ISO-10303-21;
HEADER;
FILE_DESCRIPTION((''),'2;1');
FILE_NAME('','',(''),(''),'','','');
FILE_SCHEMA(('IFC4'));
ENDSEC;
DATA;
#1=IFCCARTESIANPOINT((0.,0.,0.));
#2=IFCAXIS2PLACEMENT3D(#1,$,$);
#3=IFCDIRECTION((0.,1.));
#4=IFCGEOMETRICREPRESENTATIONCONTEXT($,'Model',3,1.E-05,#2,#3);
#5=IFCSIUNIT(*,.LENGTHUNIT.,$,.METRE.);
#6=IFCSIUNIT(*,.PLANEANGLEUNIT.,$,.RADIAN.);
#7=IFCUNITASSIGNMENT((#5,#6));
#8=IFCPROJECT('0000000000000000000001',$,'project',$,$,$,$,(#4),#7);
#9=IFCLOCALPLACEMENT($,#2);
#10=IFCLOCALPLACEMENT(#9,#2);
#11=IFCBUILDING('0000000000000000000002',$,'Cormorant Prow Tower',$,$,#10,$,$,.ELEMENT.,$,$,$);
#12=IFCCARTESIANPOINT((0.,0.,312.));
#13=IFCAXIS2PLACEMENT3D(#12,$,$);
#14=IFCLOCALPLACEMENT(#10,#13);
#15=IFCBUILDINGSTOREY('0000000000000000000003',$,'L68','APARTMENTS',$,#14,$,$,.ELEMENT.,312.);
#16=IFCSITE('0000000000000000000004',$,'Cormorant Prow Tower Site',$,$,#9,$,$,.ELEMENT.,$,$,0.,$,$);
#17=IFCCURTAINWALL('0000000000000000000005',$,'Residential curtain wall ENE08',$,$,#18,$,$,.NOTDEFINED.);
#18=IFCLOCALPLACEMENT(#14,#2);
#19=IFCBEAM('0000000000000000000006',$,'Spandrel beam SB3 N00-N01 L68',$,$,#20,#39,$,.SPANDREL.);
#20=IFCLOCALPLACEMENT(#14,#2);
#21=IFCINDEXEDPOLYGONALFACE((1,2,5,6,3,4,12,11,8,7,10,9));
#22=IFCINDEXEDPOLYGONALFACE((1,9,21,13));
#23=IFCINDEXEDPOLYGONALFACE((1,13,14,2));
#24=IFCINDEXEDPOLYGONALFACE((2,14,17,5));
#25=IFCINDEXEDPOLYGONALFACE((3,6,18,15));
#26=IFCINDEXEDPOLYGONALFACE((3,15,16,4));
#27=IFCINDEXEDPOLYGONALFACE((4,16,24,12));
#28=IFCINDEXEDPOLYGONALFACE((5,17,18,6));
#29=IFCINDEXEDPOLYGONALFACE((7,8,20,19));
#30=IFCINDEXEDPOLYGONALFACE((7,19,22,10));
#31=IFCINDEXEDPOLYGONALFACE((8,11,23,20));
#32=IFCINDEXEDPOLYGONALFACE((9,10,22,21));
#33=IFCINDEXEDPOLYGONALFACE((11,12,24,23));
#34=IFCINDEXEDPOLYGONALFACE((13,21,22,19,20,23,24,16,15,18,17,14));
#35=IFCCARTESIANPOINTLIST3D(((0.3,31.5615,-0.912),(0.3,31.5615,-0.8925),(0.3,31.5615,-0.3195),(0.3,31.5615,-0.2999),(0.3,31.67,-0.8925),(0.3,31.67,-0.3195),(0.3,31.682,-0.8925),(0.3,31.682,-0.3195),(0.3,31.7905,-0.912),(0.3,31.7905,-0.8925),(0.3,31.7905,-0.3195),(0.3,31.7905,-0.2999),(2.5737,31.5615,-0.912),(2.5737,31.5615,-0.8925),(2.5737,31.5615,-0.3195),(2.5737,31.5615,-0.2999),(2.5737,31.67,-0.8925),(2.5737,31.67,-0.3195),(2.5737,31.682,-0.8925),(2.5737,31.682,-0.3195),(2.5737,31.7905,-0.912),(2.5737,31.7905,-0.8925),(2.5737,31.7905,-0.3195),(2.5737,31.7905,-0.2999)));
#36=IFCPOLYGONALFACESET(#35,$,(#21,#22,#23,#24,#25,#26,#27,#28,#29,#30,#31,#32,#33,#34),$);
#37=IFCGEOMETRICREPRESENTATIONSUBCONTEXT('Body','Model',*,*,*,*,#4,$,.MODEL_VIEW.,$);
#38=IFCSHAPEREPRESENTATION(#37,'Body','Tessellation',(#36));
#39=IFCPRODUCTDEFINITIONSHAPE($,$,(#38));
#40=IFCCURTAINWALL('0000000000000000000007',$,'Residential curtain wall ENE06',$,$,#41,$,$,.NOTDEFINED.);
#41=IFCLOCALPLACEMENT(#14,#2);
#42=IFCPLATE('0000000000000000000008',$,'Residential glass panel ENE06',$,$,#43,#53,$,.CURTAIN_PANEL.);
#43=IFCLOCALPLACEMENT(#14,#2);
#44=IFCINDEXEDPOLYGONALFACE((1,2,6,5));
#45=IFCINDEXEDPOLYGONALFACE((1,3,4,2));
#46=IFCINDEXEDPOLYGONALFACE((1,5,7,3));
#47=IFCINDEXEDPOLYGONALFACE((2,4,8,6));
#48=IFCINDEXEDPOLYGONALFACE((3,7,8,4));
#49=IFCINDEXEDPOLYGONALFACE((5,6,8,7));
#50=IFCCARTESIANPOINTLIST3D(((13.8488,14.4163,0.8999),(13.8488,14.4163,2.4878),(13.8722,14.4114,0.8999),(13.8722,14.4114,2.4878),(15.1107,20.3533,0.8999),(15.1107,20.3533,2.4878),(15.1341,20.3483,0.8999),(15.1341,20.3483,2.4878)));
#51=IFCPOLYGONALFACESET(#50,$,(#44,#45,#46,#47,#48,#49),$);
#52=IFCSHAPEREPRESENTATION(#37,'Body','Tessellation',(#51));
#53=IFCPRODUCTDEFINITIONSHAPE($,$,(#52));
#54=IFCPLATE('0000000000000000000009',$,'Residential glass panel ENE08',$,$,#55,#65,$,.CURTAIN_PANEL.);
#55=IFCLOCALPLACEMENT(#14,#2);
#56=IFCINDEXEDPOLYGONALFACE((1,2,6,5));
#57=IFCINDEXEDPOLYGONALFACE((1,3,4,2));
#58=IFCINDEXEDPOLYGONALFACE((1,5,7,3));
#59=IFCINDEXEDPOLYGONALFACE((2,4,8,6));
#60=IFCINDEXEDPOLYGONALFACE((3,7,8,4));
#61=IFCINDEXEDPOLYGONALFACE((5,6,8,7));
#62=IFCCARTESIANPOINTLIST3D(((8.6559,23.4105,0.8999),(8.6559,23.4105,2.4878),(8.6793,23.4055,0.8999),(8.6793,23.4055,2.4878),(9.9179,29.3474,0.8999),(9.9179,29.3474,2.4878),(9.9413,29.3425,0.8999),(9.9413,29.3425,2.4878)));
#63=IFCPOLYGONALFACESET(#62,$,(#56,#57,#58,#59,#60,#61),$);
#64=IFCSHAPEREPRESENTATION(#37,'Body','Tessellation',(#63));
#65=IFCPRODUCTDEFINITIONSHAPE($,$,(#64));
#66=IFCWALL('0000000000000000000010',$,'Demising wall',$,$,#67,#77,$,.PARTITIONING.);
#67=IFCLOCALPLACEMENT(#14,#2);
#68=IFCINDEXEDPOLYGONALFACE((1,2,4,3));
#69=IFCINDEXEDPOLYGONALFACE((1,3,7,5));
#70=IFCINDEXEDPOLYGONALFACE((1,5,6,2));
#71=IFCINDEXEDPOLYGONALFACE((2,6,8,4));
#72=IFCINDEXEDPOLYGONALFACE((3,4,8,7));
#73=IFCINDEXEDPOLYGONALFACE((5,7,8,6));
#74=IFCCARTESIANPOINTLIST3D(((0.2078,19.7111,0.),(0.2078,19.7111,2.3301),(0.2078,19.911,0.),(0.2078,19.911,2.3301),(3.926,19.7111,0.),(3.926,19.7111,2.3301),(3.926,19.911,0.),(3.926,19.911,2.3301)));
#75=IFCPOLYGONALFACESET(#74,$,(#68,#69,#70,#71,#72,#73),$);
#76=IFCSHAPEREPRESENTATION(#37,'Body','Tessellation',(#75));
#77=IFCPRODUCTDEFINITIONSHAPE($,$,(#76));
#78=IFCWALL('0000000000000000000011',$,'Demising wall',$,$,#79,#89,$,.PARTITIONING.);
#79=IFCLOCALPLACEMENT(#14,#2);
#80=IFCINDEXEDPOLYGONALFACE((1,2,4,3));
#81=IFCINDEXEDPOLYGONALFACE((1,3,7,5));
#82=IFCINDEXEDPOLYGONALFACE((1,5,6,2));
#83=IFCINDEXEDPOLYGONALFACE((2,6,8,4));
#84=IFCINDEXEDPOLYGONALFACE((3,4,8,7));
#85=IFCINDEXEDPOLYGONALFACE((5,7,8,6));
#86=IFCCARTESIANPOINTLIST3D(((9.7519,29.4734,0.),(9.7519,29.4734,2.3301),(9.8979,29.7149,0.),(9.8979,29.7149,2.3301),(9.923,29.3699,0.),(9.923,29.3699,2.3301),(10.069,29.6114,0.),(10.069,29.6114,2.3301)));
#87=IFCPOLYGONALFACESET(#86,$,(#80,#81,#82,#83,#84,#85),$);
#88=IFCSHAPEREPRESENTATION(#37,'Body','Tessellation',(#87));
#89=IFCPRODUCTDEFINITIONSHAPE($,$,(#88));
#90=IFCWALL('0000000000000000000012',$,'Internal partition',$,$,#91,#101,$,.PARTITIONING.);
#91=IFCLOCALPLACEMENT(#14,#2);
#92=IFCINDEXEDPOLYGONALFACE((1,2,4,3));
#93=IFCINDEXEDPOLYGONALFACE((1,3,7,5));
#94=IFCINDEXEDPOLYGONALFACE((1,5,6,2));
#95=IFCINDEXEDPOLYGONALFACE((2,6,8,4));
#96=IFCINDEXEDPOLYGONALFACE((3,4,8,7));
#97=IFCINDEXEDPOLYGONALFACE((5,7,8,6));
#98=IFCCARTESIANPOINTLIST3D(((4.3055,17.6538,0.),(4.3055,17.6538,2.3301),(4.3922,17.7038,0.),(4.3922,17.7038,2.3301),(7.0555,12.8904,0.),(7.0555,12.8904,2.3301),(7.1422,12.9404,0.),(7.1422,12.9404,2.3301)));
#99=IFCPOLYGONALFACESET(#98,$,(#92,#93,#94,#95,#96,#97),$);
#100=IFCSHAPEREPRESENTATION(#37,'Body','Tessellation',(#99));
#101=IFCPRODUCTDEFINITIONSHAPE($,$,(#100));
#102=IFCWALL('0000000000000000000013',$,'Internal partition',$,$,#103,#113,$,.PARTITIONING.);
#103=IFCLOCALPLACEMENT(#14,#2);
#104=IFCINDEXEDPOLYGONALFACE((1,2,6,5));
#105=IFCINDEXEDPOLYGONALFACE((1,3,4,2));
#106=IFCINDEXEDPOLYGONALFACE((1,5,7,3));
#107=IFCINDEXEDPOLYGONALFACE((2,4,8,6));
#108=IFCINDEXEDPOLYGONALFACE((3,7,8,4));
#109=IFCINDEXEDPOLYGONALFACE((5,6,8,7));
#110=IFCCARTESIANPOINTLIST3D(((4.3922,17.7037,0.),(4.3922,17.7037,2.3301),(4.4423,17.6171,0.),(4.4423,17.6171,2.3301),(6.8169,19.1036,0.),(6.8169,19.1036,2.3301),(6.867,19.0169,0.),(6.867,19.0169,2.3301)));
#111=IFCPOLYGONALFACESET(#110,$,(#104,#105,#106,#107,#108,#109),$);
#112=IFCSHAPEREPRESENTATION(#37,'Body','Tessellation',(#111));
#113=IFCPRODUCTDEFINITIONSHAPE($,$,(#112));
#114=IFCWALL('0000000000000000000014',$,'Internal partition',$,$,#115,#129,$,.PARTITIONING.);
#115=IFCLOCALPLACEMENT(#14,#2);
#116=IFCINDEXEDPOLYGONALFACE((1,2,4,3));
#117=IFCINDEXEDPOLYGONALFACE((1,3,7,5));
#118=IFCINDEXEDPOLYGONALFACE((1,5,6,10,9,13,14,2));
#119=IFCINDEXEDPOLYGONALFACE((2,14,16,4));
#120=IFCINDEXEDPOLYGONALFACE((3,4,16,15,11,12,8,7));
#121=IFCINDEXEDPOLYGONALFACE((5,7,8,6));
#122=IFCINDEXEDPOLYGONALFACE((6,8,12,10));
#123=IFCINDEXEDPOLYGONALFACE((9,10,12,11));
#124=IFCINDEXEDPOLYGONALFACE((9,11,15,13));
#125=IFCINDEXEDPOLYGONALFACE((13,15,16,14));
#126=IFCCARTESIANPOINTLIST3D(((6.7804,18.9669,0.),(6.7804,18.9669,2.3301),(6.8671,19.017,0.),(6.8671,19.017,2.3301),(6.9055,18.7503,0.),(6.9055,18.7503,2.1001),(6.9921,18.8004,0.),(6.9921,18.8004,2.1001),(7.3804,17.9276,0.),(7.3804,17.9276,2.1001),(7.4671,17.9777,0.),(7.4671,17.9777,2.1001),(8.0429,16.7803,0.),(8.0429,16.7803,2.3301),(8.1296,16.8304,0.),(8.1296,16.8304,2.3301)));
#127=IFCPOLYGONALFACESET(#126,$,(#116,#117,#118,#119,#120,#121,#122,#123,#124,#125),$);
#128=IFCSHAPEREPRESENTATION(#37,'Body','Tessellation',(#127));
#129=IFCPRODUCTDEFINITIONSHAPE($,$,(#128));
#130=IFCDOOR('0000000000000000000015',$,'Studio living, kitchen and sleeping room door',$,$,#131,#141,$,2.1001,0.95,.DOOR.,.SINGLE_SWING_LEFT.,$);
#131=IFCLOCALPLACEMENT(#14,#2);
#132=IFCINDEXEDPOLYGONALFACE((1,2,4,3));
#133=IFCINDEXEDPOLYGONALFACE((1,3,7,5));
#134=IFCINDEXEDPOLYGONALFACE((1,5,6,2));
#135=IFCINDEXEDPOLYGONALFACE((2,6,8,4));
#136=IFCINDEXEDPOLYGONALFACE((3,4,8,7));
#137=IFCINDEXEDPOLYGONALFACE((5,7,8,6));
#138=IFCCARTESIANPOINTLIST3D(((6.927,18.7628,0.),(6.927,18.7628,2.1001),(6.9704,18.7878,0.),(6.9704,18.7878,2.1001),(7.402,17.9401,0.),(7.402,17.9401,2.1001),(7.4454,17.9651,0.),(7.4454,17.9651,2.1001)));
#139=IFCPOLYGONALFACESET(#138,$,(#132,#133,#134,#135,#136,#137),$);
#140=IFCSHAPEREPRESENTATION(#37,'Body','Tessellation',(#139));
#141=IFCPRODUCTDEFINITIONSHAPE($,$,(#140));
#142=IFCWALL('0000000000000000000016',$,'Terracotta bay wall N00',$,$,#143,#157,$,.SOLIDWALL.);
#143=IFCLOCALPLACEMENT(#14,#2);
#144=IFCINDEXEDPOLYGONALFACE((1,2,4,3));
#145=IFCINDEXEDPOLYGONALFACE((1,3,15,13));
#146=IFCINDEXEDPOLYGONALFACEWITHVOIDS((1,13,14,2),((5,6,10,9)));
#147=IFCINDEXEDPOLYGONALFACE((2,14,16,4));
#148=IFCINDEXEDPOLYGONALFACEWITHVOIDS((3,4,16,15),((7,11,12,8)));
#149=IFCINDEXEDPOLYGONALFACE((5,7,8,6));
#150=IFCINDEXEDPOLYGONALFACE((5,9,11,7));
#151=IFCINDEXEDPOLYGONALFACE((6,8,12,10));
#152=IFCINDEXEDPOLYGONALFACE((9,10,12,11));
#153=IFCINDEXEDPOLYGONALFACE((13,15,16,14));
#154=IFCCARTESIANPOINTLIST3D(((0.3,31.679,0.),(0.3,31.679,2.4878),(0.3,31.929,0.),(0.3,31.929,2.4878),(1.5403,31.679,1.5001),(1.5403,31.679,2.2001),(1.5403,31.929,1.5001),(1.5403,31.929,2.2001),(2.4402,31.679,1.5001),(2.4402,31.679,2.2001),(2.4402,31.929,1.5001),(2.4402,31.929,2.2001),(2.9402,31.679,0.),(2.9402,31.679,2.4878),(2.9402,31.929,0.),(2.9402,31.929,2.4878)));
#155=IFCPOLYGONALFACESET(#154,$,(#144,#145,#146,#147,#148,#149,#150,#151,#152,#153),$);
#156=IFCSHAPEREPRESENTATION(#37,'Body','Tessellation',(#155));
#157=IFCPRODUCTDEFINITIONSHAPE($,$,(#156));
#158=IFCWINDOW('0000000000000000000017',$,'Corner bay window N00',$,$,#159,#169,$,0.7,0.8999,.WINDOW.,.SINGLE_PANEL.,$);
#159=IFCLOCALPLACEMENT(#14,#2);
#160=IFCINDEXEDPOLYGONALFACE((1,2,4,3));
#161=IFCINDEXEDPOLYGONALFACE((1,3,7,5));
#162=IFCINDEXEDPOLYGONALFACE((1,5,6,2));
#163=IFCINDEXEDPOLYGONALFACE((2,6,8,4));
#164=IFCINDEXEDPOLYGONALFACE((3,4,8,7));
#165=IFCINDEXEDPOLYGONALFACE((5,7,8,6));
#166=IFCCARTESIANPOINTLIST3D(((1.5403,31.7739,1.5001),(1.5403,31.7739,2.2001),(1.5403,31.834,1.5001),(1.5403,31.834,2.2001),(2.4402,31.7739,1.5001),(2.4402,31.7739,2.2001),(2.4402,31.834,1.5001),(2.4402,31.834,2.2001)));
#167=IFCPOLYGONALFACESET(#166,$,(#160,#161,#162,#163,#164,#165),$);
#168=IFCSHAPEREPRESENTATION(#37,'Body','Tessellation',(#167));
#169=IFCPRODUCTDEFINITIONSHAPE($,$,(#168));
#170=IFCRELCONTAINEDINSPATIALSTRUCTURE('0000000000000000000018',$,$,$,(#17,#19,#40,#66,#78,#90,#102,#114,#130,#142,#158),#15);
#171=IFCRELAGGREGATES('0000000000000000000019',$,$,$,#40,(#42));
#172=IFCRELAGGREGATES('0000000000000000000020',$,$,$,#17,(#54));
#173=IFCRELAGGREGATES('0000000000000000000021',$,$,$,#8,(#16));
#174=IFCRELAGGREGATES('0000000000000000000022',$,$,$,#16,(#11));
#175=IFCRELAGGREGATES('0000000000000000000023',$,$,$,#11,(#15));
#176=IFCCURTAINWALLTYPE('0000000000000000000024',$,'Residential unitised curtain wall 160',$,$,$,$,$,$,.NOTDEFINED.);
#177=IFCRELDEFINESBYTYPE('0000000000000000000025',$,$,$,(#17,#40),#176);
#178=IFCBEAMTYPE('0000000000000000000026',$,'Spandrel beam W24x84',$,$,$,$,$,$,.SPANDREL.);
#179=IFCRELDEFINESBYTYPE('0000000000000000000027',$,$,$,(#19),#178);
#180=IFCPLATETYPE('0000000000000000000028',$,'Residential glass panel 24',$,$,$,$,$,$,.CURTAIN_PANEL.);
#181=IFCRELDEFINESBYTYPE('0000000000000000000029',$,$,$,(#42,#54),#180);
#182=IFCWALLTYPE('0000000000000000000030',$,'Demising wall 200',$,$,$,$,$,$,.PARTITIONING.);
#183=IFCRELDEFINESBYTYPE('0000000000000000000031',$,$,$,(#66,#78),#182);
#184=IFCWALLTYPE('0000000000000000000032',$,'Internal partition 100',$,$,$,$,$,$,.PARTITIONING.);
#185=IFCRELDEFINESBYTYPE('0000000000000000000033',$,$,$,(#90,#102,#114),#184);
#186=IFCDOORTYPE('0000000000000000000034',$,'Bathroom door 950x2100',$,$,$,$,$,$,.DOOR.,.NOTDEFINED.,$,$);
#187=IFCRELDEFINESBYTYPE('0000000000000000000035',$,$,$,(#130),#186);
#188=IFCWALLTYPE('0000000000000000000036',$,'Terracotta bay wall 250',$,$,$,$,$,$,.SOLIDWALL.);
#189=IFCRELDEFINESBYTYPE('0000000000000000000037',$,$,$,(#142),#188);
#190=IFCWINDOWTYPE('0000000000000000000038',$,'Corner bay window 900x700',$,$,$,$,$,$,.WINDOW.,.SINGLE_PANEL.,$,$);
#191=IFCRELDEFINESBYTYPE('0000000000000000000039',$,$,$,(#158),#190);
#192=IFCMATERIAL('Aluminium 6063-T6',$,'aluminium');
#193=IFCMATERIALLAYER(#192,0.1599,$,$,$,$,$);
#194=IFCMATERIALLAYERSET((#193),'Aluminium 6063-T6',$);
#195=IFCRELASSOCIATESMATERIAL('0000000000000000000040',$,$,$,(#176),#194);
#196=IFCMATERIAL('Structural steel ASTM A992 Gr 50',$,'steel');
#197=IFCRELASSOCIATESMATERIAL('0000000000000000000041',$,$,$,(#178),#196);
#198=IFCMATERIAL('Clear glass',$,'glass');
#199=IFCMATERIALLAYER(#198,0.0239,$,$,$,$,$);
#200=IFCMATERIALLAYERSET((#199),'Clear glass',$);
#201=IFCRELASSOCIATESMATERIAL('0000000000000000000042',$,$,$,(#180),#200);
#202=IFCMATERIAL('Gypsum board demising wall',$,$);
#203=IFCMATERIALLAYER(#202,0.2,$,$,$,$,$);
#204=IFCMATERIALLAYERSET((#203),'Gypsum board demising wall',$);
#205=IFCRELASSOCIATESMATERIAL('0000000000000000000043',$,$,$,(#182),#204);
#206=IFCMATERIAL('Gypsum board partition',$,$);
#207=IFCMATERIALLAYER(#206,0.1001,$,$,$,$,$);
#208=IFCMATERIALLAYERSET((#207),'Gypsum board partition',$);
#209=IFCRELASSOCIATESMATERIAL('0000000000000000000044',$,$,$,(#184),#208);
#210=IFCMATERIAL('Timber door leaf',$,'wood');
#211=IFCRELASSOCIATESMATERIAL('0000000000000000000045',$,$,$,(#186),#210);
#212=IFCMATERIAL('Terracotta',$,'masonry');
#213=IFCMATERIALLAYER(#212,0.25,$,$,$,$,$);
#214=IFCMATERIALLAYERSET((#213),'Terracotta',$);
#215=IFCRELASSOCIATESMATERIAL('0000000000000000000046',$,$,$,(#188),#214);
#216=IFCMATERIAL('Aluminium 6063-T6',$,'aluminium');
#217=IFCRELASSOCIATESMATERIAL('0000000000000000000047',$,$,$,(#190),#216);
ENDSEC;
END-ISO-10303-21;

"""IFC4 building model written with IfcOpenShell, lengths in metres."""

from ifc_helpers import new_model, si_unit, direction, frame, frame_2d, origin, origin_2d, place, context, subcontext, project, spatial, rectangle, i_section, extrude, material, layer, layer_set, material_profile, profile_set, type_object, element, fill, aggregate, save


model = new_model("IFC4")

# Units and contexts
model_context = context("Model", 3, precision=1e-05, world=origin(), true_north=direction((0.0, 1.0)))
body_context = subcontext(model_context, "Body", "Model", "MODEL_VIEW")
ifc_project = project(units=[si_unit("LENGTHUNIT", "METRE"), si_unit("PLANEANGLEUNIT", "RADIAN")], contexts=[model_context])

# Site, building, storey
site_placement = place(None, origin())
site = spatial("IfcSite", under=ifc_project, at=site_placement, Name="Cormorant Prow Tower Site", CompositionType="ELEMENT", RefElevation=0.0)
building_placement = place(site_placement, origin())
building = spatial("IfcBuilding", under=site, at=building_placement, Name="Cormorant Prow Tower", CompositionType="ELEMENT")
storey_placement = place(building_placement, frame((0.0, 0.0, 312.0)))
storey = spatial("IfcBuildingStorey", under=building, at=storey_placement, Name="L68", Description="APARTMENTS", CompositionType="ELEMENT", Elevation=312.0)

# Curtain wall
ifc_material_1 = material(Name="Aluminium 6063-T6", Category="aluminium")
ifc_layer_1 = layer(ifc_material_1, 0.1599)
ifc_layer_set_1 = layer_set([ifc_layer_1], Name="Aluminium 6063-T6")
curtain_wall_type = type_object("IfcCurtainWallType", Name="Residential unitised curtain wall 160", PredefinedType="NOTDEFINED", material=ifc_layer_set_1)
curtain_wall_1_placement = place(storey_placement, origin())
curtain_wall_1 = element("IfcCurtainWall", 1, at=curtain_wall_1_placement, inside=storey, type_object=curtain_wall_type, Name="Residential curtain wall ENE08", PredefinedType="NOTDEFINED")

# Beam
ifc_material_2 = material(Name="Structural steel ASTM A992 Gr 50", Category="steel")
ifc_material_profile_1 = material_profile(ifc_material_2, i_section(OverallWidth=0.229, OverallDepth=0.6121, WebThickness=0.012, FlangeThickness=0.0195, at=origin_2d()), Name="W24x84")
ifc_profile_set_1 = profile_set([ifc_material_profile_1], Name="Structural steel ASTM A992 Gr 50")
beam_type = type_object("IfcBeamType", Name="Spandrel beam W24x84", PredefinedType="SPANDREL", material=ifc_profile_set_1)
beam_1_placement = place(storey_placement, frame((2.5737, 31.676, -0.606), z_axis=(-1.0, 0.0, 0.0), x_axis=(0.0, -1.0, 0.0)))
element("IfcBeam", 2, at=beam_1_placement, inside=storey, type_object=beam_type, Name="Spandrel beam SB3 N00-N01 L68", PredefinedType="SPANDREL", context=body_context, shape_type="SweptSolid", body=[
    extrude(i_section(OverallWidth=0.229, OverallDepth=0.6121, WebThickness=0.012, FlangeThickness=0.0195, at=origin_2d()), origin(), (0.0, 0.0, 1.0), 2.2737),
])

# Curtain wall, plate
curtain_wall_2_placement = place(storey_placement, origin())
curtain_wall_2 = element("IfcCurtainWall", 3, at=curtain_wall_2_placement, inside=storey, type_object=curtain_wall_type, Name="Residential curtain wall ENE06", PredefinedType="NOTDEFINED")
ifc_material_3 = material(Name="Clear glass", Category="glass")
ifc_layer_2 = layer(ifc_material_3, 0.0239)
ifc_layer_set_2 = layer_set([ifc_layer_2], Name="Clear glass")
plate_type = type_object("IfcPlateType", Name="Residential glass panel 24", PredefinedType="CURTAIN_PANEL", material=ifc_layer_set_2)
plate_1_placement = place(storey_placement, frame((14.4915, 17.3823, 0.8999), z_axis=(0.0, 0.0, 1.0), x_axis=(0.207912, 0.978148, 0.0)))
plate_1 = element("IfcPlate", 4, at=plate_1_placement, type_object=plate_type, Name="Residential glass panel ENE06", PredefinedType="CURTAIN_PANEL", context=body_context, shape_type="SweptSolid", body=[
    extrude(rectangle(XDim=6.0696, YDim=0.0239, at=origin_2d()), origin(), (0.0, 0.0, 1.0), 1.5879),
])
aggregate(curtain_wall_2, [plate_1])

# Plate
plate_2_placement = place(storey_placement, frame((9.2986, 26.3765, 0.8999), z_axis=(0.0, 0.0, 1.0), x_axis=(0.207912, 0.978148, 0.0)))
plate_2 = element("IfcPlate", 5, at=plate_2_placement, type_object=plate_type, Name="Residential glass panel ENE08", PredefinedType="CURTAIN_PANEL", context=body_context, shape_type="SweptSolid", body=[
    extrude(rectangle(XDim=6.0696, YDim=0.0239, at=origin_2d()), origin(), (0.0, 0.0, 1.0), 1.5879),
])
aggregate(curtain_wall_1, [plate_2])

# Walls
ifc_material_4 = material(Name="Gypsum board demising wall")
ifc_layer_3 = layer(ifc_material_4, 0.2)
ifc_layer_set_3 = layer_set([ifc_layer_3], Name="Gypsum board demising wall")
wall_type_1 = type_object("IfcWallType", Name="Demising wall 200", PredefinedType="PARTITIONING", material=ifc_layer_set_3)
wall_1_placement = place(storey_placement, frame((0.2078, 19.811, 0.0), z_axis=(0.0, 0.0, 1.0), x_axis=(1.0, 0.0, 0.0)))
element("IfcWall", 6, at=wall_1_placement, inside=storey, type_object=wall_type_1, Name="Demising wall", PredefinedType="PARTITIONING", context=body_context, shape_type="SweptSolid", body=[
    extrude(rectangle(XDim=3.7183, YDim=0.2, at=frame_2d((1.8591, 0.0))), origin(), (0.0, 0.0, 1.0), 2.3301),
])
wall_2_placement = place(storey_placement, frame((9.8374, 29.4216, 0.0), z_axis=(0.0, 0.0, 1.0), x_axis=(0.517419, 0.855732, 0.0)))
element("IfcWall", 7, at=wall_2_placement, inside=storey, type_object=wall_type_1, Name="Demising wall", PredefinedType="PARTITIONING", context=body_context, shape_type="SweptSolid", body=[
    extrude(rectangle(XDim=0.2822, YDim=0.2, at=frame_2d((0.1411, 0.0))), origin(), (0.0, 0.0, 1.0), 2.3301),
])
ifc_material_5 = material(Name="Gypsum board partition")
ifc_layer_4 = layer(ifc_material_5, 0.1001)
ifc_layer_set_4 = layer_set([ifc_layer_4], Name="Gypsum board partition")
wall_type_2 = type_object("IfcWallType", Name="Internal partition 100", PredefinedType="PARTITIONING", material=ifc_layer_set_4)
wall_3_placement = place(storey_placement, frame((4.3489, 17.6787, 0.0), z_axis=(0.0, 0.0, 1.0), x_axis=(0.499977, -0.866038, 0.0)))
element("IfcWall", 8, at=wall_3_placement, inside=storey, type_object=wall_type_2, Name="Internal partition", PredefinedType="PARTITIONING", context=body_context, shape_type="SweptSolid", body=[
    extrude(rectangle(XDim=5.5002, YDim=0.1001, at=frame_2d((2.75, 0.0))), origin(), (0.0, 0.0, 1.0), 2.3301),
])
wall_4_placement = place(storey_placement, frame((4.4172, 17.6604, 0.0), z_axis=(0.0, 0.0, 1.0), x_axis=(0.866035, 0.499984, 0.0)))
element("IfcWall", 9, at=wall_4_placement, inside=storey, type_object=wall_type_2, Name="Internal partition", PredefinedType="PARTITIONING", context=body_context, shape_type="SweptSolid", body=[
    extrude(rectangle(XDim=2.7998, YDim=0.1001, at=frame_2d((1.3999, 0.0))), origin(), (0.0, 0.0, 1.0), 2.3301),
])

# Wall, opening, door
wall_5_placement = place(storey_placement, frame((6.8237, 18.9919, 0.0), z_axis=(0.0, 0.0, 1.0), x_axis=(0.500018, -0.866015, 0.0)))
wall_5 = element("IfcWall", 10, at=wall_5_placement, inside=storey, type_object=wall_type_2, Name="Internal partition", PredefinedType="PARTITIONING", context=body_context, shape_type="SweptSolid", body=[
    extrude(rectangle(XDim=2.5249, YDim=0.1001, at=frame_2d((1.2625, 0.0))), origin(), (0.0, 0.0, 1.0), 2.3301),
])
opening_1_placement = place(wall_5_placement, frame((0.25, 0.0, 0.0)))
opening_1 = element("IfcOpeningElement", 11, at=opening_1_placement, cuts=wall_5, PredefinedType="OPENING", context=body_context, shape_type="SweptSolid", body=[
    extrude(rectangle(XDim=0.95, YDim=2.1001, at=frame_2d((0.4751, 1.05))), frame((0.0, 0.0601, 0.0), z_axis=(0.0, -1.0, 0.0), x_axis=(1.0, 0.0, 0.0)), (0.0, 0.0, 1.0), 0.1201),
])
ifc_material_6 = material(Name="Timber door leaf", Category="wood")
door_type_1 = type_object("IfcDoorType", Name="Bathroom door 950x2100", OperationType="NOTDEFINED", PredefinedType="DOOR", material=ifc_material_6)
door_1_placement = place(opening_1_placement, origin())
door_1 = element("IfcDoor", 12, at=door_1_placement, inside=storey, type_object=door_type_1, Name="Studio living, kitchen and sleeping room door", OperationType="SINGLE_SWING_LEFT", OverallHeight=2.1001, OverallWidth=0.95, PredefinedType="DOOR", context=body_context, shape_type="SweptSolid", body=[
    extrude(rectangle(XDim=0.95, YDim=2.1001, at=frame_2d((0.4751, 1.05))), frame((0.0, 0.0249, 0.0), z_axis=(0.0, -1.0, 0.0), x_axis=(1.0, 0.0, 0.0)), (0.0, 0.0, 1.0), 0.05),
])
fill(opening_1, door_1)

# Wall, opening, window
ifc_material_7 = material(Name="Terracotta", Category="masonry")
ifc_layer_5 = layer(ifc_material_7, 0.25)
ifc_layer_set_5 = layer_set([ifc_layer_5], Name="Terracotta")
wall_type_3 = type_object("IfcWallType", Name="Terracotta bay wall 250", PredefinedType="SOLIDWALL", material=ifc_layer_set_5)
wall_6_placement = place(storey_placement, frame((2.9402, 31.804, 0.0), z_axis=(0.0, 0.0, 1.0), x_axis=(-1.0, 0.0, 0.0)))
wall_6 = element("IfcWall", 13, at=wall_6_placement, inside=storey, type_object=wall_type_3, Name="Terracotta bay wall N00", PredefinedType="SOLIDWALL", context=body_context, shape_type="SweptSolid", body=[
    extrude(rectangle(XDim=2.6401, YDim=0.25, at=frame_2d((1.3201, 0.0))), origin(), (0.0, 0.0, 1.0), 2.4878),
])
opening_2_placement = place(wall_6_placement, frame((0.5, 0.0, 1.5)))
opening_2 = element("IfcOpeningElement", 14, at=opening_2_placement, cuts=wall_6, PredefinedType="OPENING", context=body_context, shape_type="SweptSolid", body=[
    extrude(rectangle(XDim=0.8999, YDim=0.7, at=frame_2d((0.45, 0.3501))), frame((0.0, 0.135, 0.0), z_axis=(0.0, -1.0, 0.0), x_axis=(1.0, 0.0, 0.0)), (0.0, 0.0, 1.0), 0.27),
])
ifc_material_8 = material(Name="Aluminium 6063-T6", Category="aluminium")
window_type = type_object("IfcWindowType", Name="Corner bay window 900x700", PartitioningType="SINGLE_PANEL", PredefinedType="WINDOW", material=ifc_material_8)
window_placement = place(opening_2_placement, origin())
window = element("IfcWindow", 15, at=window_placement, inside=storey, type_object=window_type, Name="Corner bay window N00", OverallHeight=0.7, OverallWidth=0.8999, PartitioningType="SINGLE_PANEL", PredefinedType="WINDOW", context=body_context, shape_type="SweptSolid", body=[
    extrude(rectangle(XDim=0.8999, YDim=0.7, at=frame_2d((0.45, 0.3501))), frame((0.0, 0.03, 0.0), z_axis=(0.0, -1.0, 0.0), x_axis=(1.0, 0.0, 0.0)), (0.0, 0.0, 1.0), 0.0601),
])
fill(opening_2, window)

save(model, "model.ifc")
